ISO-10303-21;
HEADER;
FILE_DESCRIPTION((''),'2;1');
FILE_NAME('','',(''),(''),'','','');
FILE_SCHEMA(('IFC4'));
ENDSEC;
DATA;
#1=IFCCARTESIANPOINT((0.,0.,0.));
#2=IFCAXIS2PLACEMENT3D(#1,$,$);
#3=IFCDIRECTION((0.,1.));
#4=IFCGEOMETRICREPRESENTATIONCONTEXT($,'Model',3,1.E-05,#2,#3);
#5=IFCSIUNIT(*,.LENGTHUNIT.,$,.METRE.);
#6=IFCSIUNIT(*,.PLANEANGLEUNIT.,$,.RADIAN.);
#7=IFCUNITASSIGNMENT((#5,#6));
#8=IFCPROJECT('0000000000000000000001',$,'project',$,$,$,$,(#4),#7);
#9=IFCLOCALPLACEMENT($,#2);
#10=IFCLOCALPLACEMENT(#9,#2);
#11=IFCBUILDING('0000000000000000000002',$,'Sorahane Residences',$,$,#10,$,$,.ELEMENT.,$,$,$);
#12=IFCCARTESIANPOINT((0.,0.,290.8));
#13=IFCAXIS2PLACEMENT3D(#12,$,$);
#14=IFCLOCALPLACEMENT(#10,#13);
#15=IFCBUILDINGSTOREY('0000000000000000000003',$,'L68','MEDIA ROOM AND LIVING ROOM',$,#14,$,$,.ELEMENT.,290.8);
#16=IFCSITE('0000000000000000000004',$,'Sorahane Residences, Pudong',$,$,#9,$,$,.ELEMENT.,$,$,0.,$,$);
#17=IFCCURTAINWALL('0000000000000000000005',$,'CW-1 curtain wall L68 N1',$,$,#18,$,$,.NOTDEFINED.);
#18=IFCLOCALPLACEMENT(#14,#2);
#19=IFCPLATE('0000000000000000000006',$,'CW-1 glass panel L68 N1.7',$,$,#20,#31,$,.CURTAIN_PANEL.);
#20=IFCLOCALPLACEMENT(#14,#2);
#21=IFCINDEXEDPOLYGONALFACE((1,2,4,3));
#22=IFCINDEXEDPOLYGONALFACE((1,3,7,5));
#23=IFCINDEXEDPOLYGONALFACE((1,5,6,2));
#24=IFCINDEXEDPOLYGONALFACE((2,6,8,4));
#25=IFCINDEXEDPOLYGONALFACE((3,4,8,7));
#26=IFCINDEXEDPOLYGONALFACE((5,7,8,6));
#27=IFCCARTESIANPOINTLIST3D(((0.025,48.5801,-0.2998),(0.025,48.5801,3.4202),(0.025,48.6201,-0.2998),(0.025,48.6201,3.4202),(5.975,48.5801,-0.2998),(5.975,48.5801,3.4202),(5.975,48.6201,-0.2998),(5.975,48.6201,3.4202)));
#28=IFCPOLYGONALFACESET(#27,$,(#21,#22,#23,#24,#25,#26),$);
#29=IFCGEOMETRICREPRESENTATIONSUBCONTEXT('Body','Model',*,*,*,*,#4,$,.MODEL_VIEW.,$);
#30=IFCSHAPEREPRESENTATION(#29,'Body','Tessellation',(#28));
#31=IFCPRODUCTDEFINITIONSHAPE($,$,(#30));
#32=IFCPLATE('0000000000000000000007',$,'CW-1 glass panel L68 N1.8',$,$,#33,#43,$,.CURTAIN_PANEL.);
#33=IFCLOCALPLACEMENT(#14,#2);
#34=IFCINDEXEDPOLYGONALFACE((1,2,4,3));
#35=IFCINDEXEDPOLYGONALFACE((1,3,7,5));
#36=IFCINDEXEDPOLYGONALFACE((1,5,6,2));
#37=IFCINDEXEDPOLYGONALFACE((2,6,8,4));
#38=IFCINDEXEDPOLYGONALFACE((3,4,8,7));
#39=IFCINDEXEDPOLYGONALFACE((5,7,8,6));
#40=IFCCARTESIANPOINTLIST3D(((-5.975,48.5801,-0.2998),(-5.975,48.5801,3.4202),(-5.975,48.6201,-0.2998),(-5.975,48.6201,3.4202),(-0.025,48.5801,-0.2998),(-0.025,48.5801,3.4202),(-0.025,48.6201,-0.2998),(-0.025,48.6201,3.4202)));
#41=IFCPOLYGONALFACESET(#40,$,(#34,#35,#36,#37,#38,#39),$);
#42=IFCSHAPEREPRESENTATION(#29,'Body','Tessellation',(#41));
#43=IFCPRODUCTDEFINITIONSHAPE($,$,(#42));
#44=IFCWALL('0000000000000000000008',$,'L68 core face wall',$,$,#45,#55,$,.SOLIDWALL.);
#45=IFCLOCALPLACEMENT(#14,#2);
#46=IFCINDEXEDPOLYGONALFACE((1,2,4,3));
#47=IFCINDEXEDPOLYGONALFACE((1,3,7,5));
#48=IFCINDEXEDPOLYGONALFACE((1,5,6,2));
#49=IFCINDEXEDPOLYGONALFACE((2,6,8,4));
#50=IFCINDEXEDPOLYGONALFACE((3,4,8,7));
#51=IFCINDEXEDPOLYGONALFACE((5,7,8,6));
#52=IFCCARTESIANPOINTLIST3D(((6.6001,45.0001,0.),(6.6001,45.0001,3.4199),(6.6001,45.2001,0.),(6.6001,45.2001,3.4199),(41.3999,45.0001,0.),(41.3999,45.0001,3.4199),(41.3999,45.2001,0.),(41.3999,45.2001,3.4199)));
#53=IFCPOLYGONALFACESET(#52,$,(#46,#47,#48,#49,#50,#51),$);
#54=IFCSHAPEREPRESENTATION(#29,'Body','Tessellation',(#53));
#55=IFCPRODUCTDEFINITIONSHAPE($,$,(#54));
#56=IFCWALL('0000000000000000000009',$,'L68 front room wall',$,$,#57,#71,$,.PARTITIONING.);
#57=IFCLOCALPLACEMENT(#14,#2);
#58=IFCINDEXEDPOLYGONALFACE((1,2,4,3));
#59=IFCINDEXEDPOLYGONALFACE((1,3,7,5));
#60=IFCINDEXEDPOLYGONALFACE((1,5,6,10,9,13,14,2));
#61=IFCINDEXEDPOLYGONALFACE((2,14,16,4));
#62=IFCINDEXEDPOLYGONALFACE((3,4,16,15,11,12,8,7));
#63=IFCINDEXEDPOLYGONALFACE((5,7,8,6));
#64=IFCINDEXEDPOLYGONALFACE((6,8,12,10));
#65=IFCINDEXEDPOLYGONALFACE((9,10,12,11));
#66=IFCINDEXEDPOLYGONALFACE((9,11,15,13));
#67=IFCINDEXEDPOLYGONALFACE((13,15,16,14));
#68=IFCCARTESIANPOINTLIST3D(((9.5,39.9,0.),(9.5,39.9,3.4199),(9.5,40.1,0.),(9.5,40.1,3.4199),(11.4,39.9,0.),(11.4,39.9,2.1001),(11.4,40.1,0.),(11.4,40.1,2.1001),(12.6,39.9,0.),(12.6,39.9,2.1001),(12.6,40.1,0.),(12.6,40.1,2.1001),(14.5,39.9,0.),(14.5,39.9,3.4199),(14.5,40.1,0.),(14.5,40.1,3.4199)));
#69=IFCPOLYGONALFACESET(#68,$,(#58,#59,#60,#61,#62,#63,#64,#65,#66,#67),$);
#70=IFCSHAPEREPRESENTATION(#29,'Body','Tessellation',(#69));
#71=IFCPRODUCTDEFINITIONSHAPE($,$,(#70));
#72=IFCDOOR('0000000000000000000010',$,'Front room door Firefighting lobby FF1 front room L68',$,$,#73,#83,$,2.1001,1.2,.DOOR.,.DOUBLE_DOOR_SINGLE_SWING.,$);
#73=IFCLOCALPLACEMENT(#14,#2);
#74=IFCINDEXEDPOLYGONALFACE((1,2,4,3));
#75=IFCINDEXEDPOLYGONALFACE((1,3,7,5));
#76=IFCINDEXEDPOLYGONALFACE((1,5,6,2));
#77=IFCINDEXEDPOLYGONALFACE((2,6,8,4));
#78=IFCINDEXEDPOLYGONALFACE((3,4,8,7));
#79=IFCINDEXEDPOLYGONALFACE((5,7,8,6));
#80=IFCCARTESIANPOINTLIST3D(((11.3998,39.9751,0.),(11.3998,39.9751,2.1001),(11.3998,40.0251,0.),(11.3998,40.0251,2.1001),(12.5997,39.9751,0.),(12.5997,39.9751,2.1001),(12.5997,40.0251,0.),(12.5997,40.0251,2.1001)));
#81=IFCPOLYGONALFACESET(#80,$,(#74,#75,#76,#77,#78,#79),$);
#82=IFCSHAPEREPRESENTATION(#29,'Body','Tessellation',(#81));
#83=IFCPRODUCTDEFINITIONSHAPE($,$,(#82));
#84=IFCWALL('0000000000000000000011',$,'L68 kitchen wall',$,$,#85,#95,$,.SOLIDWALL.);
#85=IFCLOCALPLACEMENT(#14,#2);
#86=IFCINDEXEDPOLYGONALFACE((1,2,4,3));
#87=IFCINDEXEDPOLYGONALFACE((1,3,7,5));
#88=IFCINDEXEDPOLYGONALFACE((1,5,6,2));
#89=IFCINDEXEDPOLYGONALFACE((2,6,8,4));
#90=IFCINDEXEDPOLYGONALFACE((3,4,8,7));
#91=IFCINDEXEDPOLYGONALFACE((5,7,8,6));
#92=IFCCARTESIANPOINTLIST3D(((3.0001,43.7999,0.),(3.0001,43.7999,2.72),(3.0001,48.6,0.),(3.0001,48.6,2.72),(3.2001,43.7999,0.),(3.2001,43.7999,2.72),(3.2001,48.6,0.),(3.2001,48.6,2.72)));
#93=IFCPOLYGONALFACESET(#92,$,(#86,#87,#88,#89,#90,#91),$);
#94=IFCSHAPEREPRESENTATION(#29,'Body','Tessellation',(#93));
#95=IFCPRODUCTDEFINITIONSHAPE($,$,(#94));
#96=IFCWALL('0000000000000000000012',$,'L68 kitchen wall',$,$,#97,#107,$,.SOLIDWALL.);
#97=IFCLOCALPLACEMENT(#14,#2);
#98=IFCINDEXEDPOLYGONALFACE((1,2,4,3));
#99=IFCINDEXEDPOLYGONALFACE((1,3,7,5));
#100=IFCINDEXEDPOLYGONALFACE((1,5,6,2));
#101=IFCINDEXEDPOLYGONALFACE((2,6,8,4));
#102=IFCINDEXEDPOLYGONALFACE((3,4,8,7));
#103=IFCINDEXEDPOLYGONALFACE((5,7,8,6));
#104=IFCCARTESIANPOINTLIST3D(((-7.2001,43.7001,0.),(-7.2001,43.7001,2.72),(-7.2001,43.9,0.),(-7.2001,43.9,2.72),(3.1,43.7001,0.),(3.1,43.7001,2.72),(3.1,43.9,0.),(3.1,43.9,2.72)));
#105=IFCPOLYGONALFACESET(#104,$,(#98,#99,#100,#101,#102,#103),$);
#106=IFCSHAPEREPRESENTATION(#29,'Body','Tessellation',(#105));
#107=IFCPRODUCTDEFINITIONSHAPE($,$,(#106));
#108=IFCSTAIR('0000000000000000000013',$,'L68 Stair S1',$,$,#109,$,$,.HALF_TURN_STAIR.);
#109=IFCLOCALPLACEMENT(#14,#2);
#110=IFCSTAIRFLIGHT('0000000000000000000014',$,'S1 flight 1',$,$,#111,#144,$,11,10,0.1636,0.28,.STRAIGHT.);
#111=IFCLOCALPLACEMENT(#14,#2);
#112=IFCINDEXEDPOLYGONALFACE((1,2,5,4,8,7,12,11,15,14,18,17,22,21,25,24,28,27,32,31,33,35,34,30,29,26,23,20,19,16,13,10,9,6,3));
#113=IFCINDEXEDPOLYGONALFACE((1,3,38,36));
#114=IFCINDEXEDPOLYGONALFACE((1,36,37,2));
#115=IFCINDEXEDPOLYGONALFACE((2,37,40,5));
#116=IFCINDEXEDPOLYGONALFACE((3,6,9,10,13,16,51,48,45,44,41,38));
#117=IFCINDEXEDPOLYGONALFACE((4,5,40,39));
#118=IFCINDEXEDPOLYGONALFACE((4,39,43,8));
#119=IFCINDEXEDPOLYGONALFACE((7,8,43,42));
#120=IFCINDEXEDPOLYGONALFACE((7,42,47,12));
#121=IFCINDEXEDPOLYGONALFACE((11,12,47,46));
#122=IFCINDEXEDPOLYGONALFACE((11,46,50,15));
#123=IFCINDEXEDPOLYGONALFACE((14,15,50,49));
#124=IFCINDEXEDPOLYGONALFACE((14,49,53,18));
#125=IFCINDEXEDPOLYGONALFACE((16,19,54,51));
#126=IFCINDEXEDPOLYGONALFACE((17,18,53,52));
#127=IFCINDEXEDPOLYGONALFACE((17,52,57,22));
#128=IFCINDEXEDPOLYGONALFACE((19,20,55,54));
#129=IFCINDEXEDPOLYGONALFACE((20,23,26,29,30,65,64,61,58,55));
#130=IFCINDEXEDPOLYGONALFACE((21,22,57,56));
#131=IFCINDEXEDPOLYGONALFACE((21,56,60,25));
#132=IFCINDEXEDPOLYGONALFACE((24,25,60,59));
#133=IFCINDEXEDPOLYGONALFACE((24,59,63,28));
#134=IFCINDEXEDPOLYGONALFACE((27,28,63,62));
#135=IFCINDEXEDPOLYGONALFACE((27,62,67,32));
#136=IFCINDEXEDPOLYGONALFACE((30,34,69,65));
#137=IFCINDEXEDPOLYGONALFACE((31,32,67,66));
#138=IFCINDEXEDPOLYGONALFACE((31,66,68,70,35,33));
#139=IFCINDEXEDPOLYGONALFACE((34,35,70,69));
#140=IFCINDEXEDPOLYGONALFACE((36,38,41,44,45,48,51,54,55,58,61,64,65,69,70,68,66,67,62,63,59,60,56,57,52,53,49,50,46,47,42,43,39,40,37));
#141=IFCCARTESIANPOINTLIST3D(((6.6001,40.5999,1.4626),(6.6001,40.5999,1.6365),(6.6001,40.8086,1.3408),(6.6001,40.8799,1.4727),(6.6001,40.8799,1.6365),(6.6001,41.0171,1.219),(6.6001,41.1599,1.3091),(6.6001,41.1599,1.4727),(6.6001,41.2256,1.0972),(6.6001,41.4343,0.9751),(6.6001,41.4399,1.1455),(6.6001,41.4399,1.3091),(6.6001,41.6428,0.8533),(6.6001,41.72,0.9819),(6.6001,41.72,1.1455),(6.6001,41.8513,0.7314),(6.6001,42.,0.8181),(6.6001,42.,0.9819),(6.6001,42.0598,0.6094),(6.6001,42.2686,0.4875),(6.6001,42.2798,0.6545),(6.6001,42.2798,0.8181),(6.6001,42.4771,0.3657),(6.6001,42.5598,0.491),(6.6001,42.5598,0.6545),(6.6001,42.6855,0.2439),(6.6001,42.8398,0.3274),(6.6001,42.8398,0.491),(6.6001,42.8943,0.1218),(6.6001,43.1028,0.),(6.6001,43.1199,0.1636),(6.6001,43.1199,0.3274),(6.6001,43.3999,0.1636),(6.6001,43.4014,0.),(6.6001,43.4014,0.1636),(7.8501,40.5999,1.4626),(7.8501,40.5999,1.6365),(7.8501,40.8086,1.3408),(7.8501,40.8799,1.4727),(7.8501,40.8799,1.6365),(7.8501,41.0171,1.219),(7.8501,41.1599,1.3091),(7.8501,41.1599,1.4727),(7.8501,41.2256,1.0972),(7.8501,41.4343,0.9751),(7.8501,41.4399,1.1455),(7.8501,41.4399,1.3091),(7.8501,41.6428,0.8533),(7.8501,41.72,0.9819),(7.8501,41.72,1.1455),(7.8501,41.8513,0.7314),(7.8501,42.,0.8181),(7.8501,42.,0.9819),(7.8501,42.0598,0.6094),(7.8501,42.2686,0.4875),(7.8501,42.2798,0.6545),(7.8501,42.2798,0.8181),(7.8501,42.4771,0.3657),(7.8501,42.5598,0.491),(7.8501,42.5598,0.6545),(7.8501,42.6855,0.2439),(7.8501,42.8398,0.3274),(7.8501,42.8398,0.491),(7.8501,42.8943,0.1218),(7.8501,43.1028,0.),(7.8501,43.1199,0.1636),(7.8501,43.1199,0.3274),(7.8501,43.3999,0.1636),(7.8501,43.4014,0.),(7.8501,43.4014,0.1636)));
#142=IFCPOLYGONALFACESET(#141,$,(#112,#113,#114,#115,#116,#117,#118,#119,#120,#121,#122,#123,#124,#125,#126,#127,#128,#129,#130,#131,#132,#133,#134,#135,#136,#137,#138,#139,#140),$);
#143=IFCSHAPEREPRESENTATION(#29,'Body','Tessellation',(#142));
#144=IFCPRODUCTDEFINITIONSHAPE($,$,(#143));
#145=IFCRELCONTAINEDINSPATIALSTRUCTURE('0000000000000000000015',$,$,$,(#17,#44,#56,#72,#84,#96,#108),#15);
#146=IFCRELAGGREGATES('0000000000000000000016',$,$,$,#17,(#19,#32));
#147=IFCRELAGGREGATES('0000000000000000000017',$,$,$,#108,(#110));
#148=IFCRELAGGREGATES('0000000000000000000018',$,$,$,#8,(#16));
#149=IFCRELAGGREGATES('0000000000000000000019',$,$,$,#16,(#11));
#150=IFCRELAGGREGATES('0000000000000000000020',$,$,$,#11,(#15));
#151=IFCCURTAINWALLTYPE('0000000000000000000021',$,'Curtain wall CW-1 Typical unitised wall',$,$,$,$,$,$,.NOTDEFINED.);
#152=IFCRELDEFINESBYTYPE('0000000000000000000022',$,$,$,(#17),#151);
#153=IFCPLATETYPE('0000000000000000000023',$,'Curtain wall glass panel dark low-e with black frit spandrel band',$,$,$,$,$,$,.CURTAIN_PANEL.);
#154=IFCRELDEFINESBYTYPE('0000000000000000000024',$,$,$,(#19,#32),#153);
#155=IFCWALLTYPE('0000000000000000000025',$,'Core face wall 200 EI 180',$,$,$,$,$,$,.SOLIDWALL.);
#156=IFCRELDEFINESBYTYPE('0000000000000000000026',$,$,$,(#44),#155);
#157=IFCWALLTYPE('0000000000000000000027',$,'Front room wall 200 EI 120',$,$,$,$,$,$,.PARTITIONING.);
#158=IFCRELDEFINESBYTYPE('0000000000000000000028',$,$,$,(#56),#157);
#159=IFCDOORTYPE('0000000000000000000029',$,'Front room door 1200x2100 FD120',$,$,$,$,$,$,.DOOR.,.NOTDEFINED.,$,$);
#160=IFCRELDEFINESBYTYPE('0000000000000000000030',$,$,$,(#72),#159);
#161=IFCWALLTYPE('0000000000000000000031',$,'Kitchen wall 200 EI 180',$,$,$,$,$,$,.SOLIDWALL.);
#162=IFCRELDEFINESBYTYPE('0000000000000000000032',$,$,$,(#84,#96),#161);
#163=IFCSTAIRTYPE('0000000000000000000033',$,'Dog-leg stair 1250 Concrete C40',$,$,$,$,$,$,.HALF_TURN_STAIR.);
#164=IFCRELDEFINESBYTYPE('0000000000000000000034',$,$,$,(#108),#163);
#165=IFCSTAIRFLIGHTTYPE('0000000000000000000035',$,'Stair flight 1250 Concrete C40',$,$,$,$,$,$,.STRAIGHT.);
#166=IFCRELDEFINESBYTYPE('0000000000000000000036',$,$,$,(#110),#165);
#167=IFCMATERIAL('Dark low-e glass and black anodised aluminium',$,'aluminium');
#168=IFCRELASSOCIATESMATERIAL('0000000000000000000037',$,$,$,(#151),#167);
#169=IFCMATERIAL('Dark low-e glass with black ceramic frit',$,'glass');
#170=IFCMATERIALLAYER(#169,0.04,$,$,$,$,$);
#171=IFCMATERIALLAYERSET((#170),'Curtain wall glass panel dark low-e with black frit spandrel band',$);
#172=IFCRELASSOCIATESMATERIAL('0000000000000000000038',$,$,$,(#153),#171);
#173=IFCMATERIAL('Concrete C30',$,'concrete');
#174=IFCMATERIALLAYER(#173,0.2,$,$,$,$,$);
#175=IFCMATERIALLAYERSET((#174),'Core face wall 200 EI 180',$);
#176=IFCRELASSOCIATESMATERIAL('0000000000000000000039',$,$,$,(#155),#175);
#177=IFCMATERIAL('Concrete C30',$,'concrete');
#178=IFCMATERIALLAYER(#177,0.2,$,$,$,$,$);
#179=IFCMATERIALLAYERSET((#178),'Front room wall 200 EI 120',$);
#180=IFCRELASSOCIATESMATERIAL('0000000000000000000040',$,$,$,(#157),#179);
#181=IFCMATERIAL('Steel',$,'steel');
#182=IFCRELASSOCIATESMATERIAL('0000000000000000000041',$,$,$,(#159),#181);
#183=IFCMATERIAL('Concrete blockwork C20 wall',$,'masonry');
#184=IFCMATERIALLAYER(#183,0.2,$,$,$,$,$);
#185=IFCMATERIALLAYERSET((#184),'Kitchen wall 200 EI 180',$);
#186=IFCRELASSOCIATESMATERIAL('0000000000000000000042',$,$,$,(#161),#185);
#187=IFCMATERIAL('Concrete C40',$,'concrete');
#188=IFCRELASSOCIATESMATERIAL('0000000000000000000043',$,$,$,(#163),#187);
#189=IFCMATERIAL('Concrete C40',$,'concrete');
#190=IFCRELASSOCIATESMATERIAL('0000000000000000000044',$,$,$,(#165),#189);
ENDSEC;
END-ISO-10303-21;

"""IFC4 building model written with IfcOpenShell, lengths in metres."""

from ifc_helpers import new_model, si_unit, direction, frame, frame_2d, origin, origin_2d, place, context, subcontext, project, spatial, polyline, rectangle, outline, extrude, material, layer, layer_set, type_object, element, fill, aggregate, save


model = new_model("IFC4")

# Units and contexts
model_context = context("Model", 3, precision=1e-05, world=origin(), true_north=direction((0.0, 1.0)))
body_context = subcontext(model_context, "Body", "Model", "MODEL_VIEW")
ifc_project = project(units=[si_unit("LENGTHUNIT", "METRE"), si_unit("PLANEANGLEUNIT", "RADIAN")], contexts=[model_context])

# Site, building, storey
site_placement = place(None, origin())
site = spatial("IfcSite", under=ifc_project, at=site_placement, Name="Sorahane Residences, Pudong", CompositionType="ELEMENT", RefElevation=0.0)
building_placement = place(site_placement, origin())
building = spatial("IfcBuilding", under=site, at=building_placement, Name="Sorahane Residences", CompositionType="ELEMENT")
storey_placement = place(building_placement, frame((0.0, 0.0, 290.8)))
storey = spatial("IfcBuildingStorey", under=building, at=storey_placement, Name="L68", Description="MEDIA ROOM AND LIVING ROOM", CompositionType="ELEMENT", Elevation=290.8)

# Curtain wall
ifc_material_1 = material(Name="Dark low-e glass and black anodised aluminium", Category="aluminium")
curtain_wall_type = type_object("IfcCurtainWallType", Name="Curtain wall CW-1 Typical unitised wall", PredefinedType="NOTDEFINED", material=ifc_material_1)
curtain_wall_placement = place(storey_placement, origin())
curtain_wall = element("IfcCurtainWall", 1, at=curtain_wall_placement, inside=storey, type_object=curtain_wall_type, Name="CW-1 curtain wall L68 N1", PredefinedType="NOTDEFINED")

# Plates
ifc_material_2 = material(Name="Dark low-e glass with black ceramic frit", Category="glass")
ifc_layer_1 = layer(ifc_material_2, 0.04)
ifc_layer_set_1 = layer_set([ifc_layer_1], Name="Curtain wall glass panel dark low-e with black frit spandrel band")
plate_type = type_object("IfcPlateType", Name="Curtain wall glass panel dark low-e with black frit spandrel band", PredefinedType="CURTAIN_PANEL", material=ifc_layer_set_1)
plate_1_placement = place(storey_placement, frame((3.0, 48.6001, -0.2998), z_axis=(0.0, 0.0, 1.0), x_axis=(-1.0, 0.0, 0.0)))
plate_1 = element("IfcPlate", 2, at=plate_1_placement, type_object=plate_type, Name="CW-1 glass panel L68 N1.7", PredefinedType="CURTAIN_PANEL", context=body_context, shape_type="SweptSolid", body=[
    extrude(rectangle(XDim=5.95, YDim=0.04, at=origin_2d()), origin(), (0.0, 0.0, 1.0), 3.72),
])
plate_2_placement = place(storey_placement, frame((-3.0, 48.6001, -0.2998), z_axis=(0.0, 0.0, 1.0), x_axis=(-1.0, 0.0, 0.0)))
plate_2 = element("IfcPlate", 3, at=plate_2_placement, type_object=plate_type, Name="CW-1 glass panel L68 N1.8", PredefinedType="CURTAIN_PANEL", context=body_context, shape_type="SweptSolid", body=[
    extrude(rectangle(XDim=5.95, YDim=0.04, at=origin_2d()), origin(), (0.0, 0.0, 1.0), 3.72),
])
aggregate(curtain_wall, [plate_1, plate_2])

# Wall
ifc_material_3 = material(Name="Concrete C30", Category="concrete")
ifc_layer_2 = layer(ifc_material_3, 0.2)
ifc_layer_set_2 = layer_set([ifc_layer_2], Name="Core face wall 200 EI 180")
wall_type_1 = type_object("IfcWallType", Name="Core face wall 200 EI 180", PredefinedType="SOLIDWALL", material=ifc_layer_set_2)
wall_1_placement = place(storey_placement, frame((6.6001, 45.1001, 0.0), z_axis=(0.0, 0.0, 1.0), x_axis=(1.0, 0.0, 0.0)))
element("IfcWall", 4, at=wall_1_placement, inside=storey, type_object=wall_type_1, Name="L68 core face wall", PredefinedType="SOLIDWALL", context=body_context, shape_type="SweptSolid", body=[
    extrude(rectangle(XDim=34.7998, YDim=0.2, at=frame_2d((17.3999, 0.0))), origin(), (0.0, 0.0, 1.0), 3.4199),
])

# Wall, opening, door
ifc_material_4 = material(Name="Concrete C30", Category="concrete")
ifc_layer_3 = layer(ifc_material_4, 0.2)
ifc_layer_set_3 = layer_set([ifc_layer_3], Name="Front room wall 200 EI 120")
wall_type_2 = type_object("IfcWallType", Name="Front room wall 200 EI 120", PredefinedType="PARTITIONING", material=ifc_layer_set_3)
wall_2_placement = place(storey_placement, frame((9.5, 40.0, 0.0), z_axis=(0.0, 0.0, 1.0), x_axis=(1.0, 0.0, 0.0)))
wall_2 = element("IfcWall", 5, at=wall_2_placement, inside=storey, type_object=wall_type_2, Name="L68 front room wall", PredefinedType="PARTITIONING", context=body_context, shape_type="SweptSolid", body=[
    extrude(rectangle(XDim=5.0, YDim=0.2, at=frame_2d((2.5, 0.0))), origin(), (0.0, 0.0, 1.0), 3.4199),
])
opening_1_placement = place(wall_2_placement, frame((1.8999, 0.0, 0.0)))
opening_1 = element("IfcOpeningElement", 6, at=opening_1_placement, cuts=wall_2, PredefinedType="OPENING", context=body_context, shape_type="SweptSolid", body=[
    extrude(rectangle(XDim=1.2, YDim=2.1001, at=frame_2d((0.6001, 1.05))), frame((0.0, 0.1099, 0.0), z_axis=(0.0, -1.0, 0.0), x_axis=(1.0, 0.0, 0.0)), (0.0, 0.0, 1.0), 0.22),
])
ifc_material_5 = material(Name="Steel", Category="steel")
door_type_1 = type_object("IfcDoorType", Name="Front room door 1200x2100 FD120", OperationType="NOTDEFINED", PredefinedType="DOOR", material=ifc_material_5)
door_1_placement = place(opening_1_placement, frame((1.2, 0.0, 0.0), z_axis=(0.0, 0.0, 1.0), x_axis=(-1.0, 0.0, 0.0)))
door_1 = element("IfcDoor", 7, at=door_1_placement, inside=storey, type_object=door_type_1, Name="Front room door Firefighting lobby FF1 front room L68", OperationType="DOUBLE_DOOR_SINGLE_SWING", OverallHeight=2.1001, OverallWidth=1.2, PredefinedType="DOOR", context=body_context, shape_type="SweptSolid", body=[
    extrude(rectangle(XDim=1.2, YDim=2.1001, at=frame_2d((0.6001, 1.05))), frame((0.0, 0.0249, 0.0), z_axis=(0.0, -1.0, 0.0), x_axis=(1.0, 0.0, 0.0)), (0.0, 0.0, 1.0), 0.05),
])
fill(opening_1, door_1)
ifc_material_6 = material(Name="Concrete blockwork C20 wall", Category="masonry")
ifc_layer_4 = layer(ifc_material_6, 0.2)
ifc_layer_set_4 = layer_set([ifc_layer_4], Name="Kitchen wall 200 EI 180")
wall_type_3 = type_object("IfcWallType", Name="Kitchen wall 200 EI 180", PredefinedType="SOLIDWALL", material=ifc_layer_set_4)

# Walls
wall_3_placement = place(storey_placement, frame((3.1001, 43.8, 0.0), z_axis=(0.0, 0.0, 1.0), x_axis=(0.0, 1.0, 0.0)))
element("IfcWall", 8, at=wall_3_placement, inside=storey, type_object=wall_type_3, Name="L68 kitchen wall", PredefinedType="SOLIDWALL", context=body_context, shape_type="SweptSolid", body=[
    extrude(rectangle(XDim=4.8, YDim=0.2, at=frame_2d((2.3999, 0.0))), origin(), (0.0, 0.0, 1.0), 2.72),
])
wall_4_placement = place(storey_placement, frame((-7.2, 43.8, 0.0), z_axis=(0.0, 0.0, 1.0), x_axis=(1.0, 0.0, 0.0)))
element("IfcWall", 9, at=wall_4_placement, inside=storey, type_object=wall_type_3, Name="L68 kitchen wall", PredefinedType="SOLIDWALL", context=body_context, shape_type="SweptSolid", body=[
    extrude(rectangle(XDim=10.3, YDim=0.2, at=frame_2d((5.1499, 0.0))), origin(), (0.0, 0.0, 1.0), 2.72),
])

# Stair, stair flight
ifc_material_7 = material(Name="Concrete C40", Category="concrete")
stair_type = type_object("IfcStairType", Name="Dog-leg stair 1250 Concrete C40", PredefinedType="HALF_TURN_STAIR", material=ifc_material_7)
stair_placement = place(storey_placement, origin())
stair = element("IfcStair", 10, at=stair_placement, inside=storey, type_object=stair_type, Name="L68 Stair S1", PredefinedType="HALF_TURN_STAIR")
ifc_material_8 = material(Name="Concrete C40", Category="concrete")
stair_flight_type = type_object("IfcStairFlightType", Name="Stair flight 1250 Concrete C40", PredefinedType="STRAIGHT", material=ifc_material_8)
stair_flight_1_placement = place(storey_placement, frame((7.2251, 43.3999, 0.0), z_axis=(0.0, 0.0, 1.0), x_axis=(0.0, -1.0, 0.0)))
stair_flight_1 = element("IfcStairFlight", 11, at=stair_flight_1_placement, type_object=stair_flight_type, Name="S1 flight 1", NumberOfRisers=11, NumberOfTreads=10, PredefinedType="STRAIGHT", RiserHeight=0.1636, TreadLength=0.28, context=body_context, shape_type="SweptSolid", body=[
    extrude(outline(polyline([(-0.0015, 0.0), (-0.0015, 0.1636), (0.0, 0.1636), (0.28, 0.1636), (0.28, 0.3274), (0.5601, 0.3274), (0.5601, 0.491), (0.8401, 0.491), (0.8401, 0.6545), (1.1201, 0.6545), (1.1201, 0.8181), (1.3999, 0.8181), (1.3999, 0.9819), (1.6799, 0.9819), (1.6799, 1.1455), (1.96, 1.1455), (1.96, 1.3091), (2.24, 1.3091), (2.24, 1.4727), (2.52, 1.4727), (2.52, 1.6365), (2.8, 1.6365), (2.8, 1.8), (2.8, 1.4626), (2.5913, 1.3408), (2.3828, 1.219), (2.1743, 1.0972), (1.9656, 0.9751), (1.7571, 0.8533), (1.5486, 0.7314), (1.3401, 0.6094), (1.1313, 0.4875), (0.9229, 0.3657), (0.7144, 0.2439), (0.5056, 0.1218), (0.2971, 0.0), (-0.0015, 0.0)])), frame((0.0, 0.625, 0.0), z_axis=(0.0, -1.0, 0.0), x_axis=(1.0, 0.0, 0.0)), (0.0, 0.0, 1.0), 1.25),
])
aggregate(stair, [stair_flight_1])

save(model, "model.ifc")
